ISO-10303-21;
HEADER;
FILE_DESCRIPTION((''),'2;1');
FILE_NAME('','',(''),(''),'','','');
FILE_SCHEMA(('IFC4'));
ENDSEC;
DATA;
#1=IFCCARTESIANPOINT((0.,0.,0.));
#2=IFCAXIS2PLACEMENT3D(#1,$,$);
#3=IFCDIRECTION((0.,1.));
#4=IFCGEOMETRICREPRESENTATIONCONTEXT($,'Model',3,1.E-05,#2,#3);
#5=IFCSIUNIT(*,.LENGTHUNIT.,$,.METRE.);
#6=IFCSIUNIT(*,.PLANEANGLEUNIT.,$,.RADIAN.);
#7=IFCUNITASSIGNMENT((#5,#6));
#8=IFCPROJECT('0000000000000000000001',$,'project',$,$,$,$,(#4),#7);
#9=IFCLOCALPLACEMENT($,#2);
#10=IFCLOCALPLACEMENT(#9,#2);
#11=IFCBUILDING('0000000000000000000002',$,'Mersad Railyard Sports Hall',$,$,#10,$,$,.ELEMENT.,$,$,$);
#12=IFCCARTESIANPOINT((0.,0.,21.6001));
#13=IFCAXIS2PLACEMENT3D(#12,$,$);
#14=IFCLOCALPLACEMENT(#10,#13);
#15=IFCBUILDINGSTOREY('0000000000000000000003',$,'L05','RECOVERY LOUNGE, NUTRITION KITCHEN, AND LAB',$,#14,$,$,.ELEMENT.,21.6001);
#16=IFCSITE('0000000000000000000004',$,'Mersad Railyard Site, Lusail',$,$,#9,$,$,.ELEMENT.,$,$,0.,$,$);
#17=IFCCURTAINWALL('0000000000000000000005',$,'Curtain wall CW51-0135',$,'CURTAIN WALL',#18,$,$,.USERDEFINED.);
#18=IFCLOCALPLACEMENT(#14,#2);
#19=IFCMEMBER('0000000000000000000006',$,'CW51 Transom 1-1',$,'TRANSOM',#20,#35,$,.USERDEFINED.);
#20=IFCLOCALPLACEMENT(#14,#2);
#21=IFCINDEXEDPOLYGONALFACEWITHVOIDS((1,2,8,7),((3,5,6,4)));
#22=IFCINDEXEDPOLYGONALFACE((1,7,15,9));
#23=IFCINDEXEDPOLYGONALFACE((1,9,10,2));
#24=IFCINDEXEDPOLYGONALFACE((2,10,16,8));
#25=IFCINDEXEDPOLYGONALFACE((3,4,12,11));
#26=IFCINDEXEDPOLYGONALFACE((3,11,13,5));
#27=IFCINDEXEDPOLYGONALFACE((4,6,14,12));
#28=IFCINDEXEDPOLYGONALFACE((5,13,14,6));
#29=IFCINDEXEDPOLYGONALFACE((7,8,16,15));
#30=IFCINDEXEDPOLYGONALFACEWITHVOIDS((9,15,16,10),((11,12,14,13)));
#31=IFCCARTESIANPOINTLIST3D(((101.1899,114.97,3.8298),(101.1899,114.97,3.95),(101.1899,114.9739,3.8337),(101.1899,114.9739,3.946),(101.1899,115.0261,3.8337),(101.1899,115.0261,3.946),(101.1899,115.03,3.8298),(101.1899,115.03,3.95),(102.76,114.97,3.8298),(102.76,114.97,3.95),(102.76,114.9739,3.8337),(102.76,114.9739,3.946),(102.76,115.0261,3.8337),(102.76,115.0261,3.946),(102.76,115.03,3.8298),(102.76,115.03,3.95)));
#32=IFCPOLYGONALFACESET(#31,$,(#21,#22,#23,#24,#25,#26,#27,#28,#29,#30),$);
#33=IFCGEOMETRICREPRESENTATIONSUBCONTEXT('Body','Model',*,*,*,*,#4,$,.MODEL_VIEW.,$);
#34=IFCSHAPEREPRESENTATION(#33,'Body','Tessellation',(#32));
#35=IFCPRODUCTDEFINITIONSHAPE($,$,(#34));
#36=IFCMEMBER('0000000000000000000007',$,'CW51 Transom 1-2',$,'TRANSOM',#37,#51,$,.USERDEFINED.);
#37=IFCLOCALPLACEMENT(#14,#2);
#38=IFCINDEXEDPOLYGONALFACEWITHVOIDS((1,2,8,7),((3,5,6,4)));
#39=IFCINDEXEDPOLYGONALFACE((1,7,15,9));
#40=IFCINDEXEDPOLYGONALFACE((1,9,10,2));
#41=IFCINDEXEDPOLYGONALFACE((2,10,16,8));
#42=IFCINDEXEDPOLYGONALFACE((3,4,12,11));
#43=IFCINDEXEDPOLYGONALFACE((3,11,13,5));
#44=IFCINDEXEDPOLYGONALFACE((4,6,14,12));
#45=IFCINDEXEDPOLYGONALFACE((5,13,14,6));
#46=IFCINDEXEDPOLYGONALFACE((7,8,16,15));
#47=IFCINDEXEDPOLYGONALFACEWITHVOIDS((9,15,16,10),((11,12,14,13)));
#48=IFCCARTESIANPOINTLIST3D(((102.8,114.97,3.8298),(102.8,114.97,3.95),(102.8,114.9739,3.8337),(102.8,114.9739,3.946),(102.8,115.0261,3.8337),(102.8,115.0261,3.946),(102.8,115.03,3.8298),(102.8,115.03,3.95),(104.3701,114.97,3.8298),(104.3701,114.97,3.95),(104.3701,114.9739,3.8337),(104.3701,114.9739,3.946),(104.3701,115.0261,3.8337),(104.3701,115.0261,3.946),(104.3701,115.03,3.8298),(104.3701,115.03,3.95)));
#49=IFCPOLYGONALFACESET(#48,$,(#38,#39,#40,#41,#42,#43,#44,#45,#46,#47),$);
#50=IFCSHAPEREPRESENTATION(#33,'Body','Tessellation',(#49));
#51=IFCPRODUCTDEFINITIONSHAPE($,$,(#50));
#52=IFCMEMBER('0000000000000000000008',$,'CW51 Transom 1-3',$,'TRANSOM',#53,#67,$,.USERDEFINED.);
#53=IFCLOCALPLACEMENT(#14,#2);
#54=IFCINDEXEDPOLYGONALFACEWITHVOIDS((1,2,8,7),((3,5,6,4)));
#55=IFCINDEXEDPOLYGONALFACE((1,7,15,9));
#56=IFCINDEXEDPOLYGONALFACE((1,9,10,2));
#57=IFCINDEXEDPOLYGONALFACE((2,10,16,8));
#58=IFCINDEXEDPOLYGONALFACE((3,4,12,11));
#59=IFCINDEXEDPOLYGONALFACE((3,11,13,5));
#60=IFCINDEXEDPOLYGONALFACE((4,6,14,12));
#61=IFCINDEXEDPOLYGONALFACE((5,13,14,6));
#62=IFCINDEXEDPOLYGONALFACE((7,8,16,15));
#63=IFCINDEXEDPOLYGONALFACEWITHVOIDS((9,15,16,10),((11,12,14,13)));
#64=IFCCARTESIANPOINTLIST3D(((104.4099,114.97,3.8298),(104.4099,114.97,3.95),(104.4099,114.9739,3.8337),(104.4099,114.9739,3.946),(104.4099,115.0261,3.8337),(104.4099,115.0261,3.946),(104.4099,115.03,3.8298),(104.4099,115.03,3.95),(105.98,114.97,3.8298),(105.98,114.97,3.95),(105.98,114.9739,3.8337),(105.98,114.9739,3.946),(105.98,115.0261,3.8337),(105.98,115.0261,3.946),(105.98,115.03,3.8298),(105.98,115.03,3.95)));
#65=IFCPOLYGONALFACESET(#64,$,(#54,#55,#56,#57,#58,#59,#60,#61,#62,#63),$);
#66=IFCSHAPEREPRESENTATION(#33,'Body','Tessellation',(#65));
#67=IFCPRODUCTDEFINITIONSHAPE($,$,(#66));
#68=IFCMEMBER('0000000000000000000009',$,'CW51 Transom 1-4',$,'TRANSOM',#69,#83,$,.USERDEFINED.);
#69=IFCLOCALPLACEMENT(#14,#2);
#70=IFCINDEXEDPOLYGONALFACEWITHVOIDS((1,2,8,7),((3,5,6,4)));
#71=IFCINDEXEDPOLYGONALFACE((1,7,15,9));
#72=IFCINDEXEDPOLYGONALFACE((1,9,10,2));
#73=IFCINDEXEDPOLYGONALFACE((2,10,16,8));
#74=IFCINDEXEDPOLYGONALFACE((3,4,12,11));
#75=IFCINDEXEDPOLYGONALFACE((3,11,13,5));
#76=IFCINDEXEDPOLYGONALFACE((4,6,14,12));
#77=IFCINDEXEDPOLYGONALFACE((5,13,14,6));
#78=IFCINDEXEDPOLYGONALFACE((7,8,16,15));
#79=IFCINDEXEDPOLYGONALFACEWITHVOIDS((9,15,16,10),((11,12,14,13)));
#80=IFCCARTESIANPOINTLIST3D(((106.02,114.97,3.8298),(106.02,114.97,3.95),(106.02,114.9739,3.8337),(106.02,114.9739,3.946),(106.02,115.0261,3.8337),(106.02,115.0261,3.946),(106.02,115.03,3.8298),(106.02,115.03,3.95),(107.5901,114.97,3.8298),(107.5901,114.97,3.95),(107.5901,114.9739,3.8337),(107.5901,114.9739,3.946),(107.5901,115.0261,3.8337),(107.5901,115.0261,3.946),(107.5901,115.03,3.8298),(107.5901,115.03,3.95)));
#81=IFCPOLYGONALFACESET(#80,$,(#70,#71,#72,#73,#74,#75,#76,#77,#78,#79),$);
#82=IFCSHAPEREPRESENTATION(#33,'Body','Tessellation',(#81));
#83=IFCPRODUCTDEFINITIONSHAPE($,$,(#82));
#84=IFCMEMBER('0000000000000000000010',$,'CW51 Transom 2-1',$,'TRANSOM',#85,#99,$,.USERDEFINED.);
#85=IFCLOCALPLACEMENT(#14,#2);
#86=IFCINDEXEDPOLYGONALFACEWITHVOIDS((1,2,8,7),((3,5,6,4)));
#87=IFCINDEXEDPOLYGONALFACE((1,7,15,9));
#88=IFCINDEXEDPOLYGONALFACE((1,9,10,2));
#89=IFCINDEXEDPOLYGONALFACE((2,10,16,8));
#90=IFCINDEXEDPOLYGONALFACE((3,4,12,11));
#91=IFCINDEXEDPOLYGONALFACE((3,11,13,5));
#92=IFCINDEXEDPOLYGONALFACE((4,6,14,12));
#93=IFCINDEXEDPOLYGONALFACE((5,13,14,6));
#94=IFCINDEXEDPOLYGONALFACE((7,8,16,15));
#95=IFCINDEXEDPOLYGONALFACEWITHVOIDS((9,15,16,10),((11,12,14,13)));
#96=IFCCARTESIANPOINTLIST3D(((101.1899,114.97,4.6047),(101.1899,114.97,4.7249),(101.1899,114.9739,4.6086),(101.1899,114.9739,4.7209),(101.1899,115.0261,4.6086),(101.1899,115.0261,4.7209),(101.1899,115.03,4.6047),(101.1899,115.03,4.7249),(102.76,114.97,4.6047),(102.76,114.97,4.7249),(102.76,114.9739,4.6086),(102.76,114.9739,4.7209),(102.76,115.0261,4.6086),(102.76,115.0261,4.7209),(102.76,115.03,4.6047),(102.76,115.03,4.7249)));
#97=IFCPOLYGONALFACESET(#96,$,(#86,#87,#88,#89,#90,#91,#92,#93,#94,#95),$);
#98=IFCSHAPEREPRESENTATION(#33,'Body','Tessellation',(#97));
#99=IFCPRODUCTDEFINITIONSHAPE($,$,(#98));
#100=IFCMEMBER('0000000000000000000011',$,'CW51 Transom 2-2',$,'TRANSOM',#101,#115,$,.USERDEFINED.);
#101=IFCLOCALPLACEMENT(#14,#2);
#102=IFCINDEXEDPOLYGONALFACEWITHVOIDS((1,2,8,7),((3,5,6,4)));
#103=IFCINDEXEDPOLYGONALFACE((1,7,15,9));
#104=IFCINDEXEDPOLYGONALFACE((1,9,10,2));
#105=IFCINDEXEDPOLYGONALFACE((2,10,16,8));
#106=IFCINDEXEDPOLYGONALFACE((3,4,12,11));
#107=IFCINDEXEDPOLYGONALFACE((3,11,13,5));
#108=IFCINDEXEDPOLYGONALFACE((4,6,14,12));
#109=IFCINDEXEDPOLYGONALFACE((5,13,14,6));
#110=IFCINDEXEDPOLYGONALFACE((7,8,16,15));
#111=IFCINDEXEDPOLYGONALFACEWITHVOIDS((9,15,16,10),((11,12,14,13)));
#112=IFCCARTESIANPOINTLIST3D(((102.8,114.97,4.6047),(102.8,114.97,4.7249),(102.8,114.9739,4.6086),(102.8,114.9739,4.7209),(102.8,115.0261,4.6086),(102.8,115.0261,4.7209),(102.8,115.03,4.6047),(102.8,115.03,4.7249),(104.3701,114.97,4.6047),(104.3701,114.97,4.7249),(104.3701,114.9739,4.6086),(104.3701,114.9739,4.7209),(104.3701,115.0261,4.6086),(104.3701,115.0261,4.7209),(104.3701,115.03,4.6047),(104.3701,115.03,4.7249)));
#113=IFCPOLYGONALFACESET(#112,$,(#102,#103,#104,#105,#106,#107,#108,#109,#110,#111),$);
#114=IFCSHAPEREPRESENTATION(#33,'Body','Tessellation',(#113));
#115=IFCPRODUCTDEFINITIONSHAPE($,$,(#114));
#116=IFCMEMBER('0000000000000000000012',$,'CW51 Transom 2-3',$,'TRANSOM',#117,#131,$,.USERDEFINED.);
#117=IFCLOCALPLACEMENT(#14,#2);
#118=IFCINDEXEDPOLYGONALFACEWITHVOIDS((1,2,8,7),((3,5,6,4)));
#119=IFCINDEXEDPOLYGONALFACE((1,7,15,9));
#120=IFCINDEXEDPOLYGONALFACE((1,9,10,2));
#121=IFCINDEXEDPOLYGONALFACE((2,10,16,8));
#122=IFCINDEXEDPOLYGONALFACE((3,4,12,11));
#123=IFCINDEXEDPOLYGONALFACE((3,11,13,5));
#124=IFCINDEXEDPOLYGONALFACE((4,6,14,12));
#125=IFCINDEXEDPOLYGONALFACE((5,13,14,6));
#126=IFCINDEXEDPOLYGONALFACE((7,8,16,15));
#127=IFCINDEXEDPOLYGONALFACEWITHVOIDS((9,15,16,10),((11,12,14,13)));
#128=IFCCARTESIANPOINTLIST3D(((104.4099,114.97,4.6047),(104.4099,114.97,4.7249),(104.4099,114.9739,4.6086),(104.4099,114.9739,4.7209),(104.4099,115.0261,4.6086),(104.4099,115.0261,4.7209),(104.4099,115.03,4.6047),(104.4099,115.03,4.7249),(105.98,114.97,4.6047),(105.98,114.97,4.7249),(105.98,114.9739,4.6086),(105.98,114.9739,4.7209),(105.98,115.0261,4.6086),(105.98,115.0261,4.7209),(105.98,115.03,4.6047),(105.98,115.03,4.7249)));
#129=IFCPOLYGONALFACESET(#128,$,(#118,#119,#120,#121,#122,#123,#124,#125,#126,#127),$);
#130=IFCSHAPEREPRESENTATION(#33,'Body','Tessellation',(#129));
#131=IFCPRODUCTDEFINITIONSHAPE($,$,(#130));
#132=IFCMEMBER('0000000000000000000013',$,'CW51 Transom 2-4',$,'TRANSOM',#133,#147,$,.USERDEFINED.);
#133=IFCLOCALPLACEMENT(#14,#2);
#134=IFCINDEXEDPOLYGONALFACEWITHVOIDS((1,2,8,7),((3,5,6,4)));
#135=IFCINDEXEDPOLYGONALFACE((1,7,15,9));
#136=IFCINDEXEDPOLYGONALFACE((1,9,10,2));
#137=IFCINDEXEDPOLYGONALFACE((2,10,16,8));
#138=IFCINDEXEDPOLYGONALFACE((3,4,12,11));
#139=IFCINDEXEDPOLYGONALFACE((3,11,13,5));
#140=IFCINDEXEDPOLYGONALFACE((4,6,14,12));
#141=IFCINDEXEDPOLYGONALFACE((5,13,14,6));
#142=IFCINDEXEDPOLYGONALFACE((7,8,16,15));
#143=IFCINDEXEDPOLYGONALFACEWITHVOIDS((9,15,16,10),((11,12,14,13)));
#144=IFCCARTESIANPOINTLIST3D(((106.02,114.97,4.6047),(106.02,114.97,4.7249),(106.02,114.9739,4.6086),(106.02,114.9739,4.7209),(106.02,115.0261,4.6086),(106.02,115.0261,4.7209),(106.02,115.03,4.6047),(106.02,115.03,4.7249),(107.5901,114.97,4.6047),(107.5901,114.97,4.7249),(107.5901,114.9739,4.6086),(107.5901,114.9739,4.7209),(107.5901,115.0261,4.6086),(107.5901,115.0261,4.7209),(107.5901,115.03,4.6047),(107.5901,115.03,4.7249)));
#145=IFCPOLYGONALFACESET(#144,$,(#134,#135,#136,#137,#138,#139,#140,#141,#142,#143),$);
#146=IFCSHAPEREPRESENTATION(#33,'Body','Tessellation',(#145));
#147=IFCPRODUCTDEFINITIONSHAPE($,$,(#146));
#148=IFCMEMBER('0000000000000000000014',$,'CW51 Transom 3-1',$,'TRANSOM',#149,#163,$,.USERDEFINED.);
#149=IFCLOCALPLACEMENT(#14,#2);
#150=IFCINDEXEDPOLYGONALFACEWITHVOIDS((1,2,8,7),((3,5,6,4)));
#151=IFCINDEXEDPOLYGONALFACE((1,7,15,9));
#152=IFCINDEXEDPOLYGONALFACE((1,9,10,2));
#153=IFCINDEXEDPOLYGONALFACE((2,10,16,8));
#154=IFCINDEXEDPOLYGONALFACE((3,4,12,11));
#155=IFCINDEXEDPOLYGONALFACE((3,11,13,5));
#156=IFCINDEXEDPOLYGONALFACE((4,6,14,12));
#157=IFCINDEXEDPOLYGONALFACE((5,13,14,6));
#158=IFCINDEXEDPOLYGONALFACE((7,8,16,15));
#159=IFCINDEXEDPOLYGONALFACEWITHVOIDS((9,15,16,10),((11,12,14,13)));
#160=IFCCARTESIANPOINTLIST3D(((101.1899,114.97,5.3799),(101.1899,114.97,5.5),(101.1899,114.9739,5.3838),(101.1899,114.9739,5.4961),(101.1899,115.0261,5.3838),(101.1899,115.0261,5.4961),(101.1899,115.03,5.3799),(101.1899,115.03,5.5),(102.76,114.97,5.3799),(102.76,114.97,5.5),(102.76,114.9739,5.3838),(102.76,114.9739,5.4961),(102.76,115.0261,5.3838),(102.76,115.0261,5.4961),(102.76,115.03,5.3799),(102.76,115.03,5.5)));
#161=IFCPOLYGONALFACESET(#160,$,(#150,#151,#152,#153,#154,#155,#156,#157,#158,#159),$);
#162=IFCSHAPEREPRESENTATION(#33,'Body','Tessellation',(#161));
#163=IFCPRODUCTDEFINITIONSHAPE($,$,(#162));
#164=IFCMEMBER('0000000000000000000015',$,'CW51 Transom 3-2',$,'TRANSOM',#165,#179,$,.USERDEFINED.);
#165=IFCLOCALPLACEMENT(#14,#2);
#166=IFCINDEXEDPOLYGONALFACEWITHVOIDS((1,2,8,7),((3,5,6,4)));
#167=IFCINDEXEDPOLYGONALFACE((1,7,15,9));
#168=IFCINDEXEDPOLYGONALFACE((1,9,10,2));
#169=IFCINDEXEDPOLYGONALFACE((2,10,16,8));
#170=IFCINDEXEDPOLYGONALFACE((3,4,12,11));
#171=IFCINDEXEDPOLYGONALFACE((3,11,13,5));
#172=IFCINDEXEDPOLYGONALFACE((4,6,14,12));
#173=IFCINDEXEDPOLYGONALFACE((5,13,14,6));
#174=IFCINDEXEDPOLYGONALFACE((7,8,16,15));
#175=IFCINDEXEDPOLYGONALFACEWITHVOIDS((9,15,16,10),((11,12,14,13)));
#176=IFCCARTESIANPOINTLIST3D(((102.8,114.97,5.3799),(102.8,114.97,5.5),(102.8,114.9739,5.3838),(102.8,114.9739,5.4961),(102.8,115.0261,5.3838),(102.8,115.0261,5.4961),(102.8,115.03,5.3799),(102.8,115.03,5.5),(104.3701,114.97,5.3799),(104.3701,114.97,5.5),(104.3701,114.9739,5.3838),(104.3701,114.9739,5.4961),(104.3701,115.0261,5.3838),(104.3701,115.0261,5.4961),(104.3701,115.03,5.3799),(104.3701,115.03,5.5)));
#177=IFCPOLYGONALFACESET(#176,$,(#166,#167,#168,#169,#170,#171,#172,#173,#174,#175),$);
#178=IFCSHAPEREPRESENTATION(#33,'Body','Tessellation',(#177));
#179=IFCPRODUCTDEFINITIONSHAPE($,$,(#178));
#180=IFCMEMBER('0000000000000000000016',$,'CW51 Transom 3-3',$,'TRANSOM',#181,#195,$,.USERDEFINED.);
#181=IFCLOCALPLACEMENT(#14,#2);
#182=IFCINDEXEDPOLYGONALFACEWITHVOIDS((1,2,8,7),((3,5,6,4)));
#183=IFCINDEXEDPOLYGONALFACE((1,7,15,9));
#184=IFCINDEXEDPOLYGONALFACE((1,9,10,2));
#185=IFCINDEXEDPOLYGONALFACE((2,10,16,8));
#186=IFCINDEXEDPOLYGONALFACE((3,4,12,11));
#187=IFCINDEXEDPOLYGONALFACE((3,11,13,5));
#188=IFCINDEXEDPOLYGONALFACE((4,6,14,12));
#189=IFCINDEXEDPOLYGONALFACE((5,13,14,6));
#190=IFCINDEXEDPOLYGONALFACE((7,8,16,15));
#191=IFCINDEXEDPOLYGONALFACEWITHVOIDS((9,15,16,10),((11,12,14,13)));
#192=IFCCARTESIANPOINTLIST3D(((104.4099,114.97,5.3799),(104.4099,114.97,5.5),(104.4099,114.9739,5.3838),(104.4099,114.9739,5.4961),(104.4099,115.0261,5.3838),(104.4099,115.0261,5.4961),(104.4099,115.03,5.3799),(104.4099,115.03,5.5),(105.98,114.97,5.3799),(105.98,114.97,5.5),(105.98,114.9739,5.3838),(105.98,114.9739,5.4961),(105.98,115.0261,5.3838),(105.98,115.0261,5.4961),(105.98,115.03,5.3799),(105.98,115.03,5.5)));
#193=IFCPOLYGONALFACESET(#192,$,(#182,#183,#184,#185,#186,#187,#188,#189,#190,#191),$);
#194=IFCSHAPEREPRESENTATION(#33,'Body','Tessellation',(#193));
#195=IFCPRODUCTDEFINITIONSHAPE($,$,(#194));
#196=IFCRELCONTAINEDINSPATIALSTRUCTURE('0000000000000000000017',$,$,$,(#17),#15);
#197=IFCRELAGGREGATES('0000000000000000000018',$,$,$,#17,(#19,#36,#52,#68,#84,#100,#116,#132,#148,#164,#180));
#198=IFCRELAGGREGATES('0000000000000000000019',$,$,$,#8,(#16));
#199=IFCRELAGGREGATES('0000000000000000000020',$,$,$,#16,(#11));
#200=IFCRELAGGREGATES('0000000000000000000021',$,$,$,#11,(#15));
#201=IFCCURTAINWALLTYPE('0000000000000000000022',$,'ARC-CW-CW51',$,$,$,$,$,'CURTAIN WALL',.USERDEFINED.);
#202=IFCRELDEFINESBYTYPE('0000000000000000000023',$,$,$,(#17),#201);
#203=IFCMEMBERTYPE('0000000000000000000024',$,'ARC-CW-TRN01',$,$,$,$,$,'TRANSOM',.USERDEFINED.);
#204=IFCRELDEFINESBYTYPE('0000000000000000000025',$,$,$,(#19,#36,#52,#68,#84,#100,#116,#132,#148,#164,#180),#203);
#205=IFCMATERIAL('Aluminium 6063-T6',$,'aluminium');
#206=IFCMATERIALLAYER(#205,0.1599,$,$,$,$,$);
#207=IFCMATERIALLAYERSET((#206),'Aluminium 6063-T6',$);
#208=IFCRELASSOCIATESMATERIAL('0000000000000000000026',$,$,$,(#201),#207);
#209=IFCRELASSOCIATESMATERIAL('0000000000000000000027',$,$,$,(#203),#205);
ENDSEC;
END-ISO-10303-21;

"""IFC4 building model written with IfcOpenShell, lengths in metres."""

from ifc_helpers import new_model, si_unit, direction, frame, origin, origin_2d, place, context, subcontext, project, spatial, hollow_rectangle, extrude, material, layer, layer_set, material_profile, profile_set, type_object, element, aggregate, save


model = new_model("IFC4")

# Units and contexts
model_context = context("Model", 3, precision=1e-05, world=origin(), true_north=direction((0.0, 1.0)))
body_context = subcontext(model_context, "Body", "Model", "MODEL_VIEW")
ifc_project = project(units=[si_unit("LENGTHUNIT", "METRE"), si_unit("PLANEANGLEUNIT", "RADIAN")], contexts=[model_context])

# Site, building, storey
site_placement = place(None, origin())
site = spatial("IfcSite", under=ifc_project, at=site_placement, Name="Mersad Railyard Site, Lusail", CompositionType="ELEMENT", RefElevation=0.0)
building_placement = place(site_placement, origin())
building = spatial("IfcBuilding", under=site, at=building_placement, Name="Mersad Railyard Sports Hall", CompositionType="ELEMENT")
storey_placement = place(building_placement, frame((0.0, 0.0, 21.6001)))
storey = spatial("IfcBuildingStorey", under=building, at=storey_placement, Name="L05", Description="RECOVERY LOUNGE, NUTRITION KITCHEN, AND LAB", CompositionType="ELEMENT", Elevation=21.6001)

# Curtain wall
ifc_material_1 = material(Name="Aluminium 6063-T6", Category="aluminium")
ifc_layer_1 = layer(ifc_material_1, 0.1599)
ifc_layer_set_1 = layer_set([ifc_layer_1], Name="Aluminium 6063-T6")
curtain_wall_type = type_object("IfcCurtainWallType", Name="ARC-CW-CW51", ElementType="CURTAIN WALL", PredefinedType="USERDEFINED", material=ifc_layer_set_1)
curtain_wall_1_placement = place(storey_placement, origin())
curtain_wall_1 = element("IfcCurtainWall", 1, at=curtain_wall_1_placement, inside=storey, type_object=curtain_wall_type, Name="Curtain wall CW51-0135", ObjectType="CURTAIN WALL", PredefinedType="USERDEFINED")

# Members
ifc_material_profile_1 = material_profile(ifc_material_1, hollow_rectangle(XDim=0.0601, YDim=0.1201, WallThickness=0.0039, at=origin_2d()), Name="AL TRANSOM 60x120x4")
ifc_profile_set_1 = profile_set([ifc_material_profile_1], Name="Aluminium 6063-T6")
member_type_1 = type_object("IfcMemberType", Name="ARC-CW-TRN01", ElementType="TRANSOM", PredefinedType="USERDEFINED", material=ifc_profile_set_1)
member_1_placement = place(storey_placement, frame((101.1899, 115.0, 3.8899), z_axis=(1.0, 0.0, 0.0), x_axis=(0.0, 1.0, 0.0)))
member_1 = element("IfcMember", 2, at=member_1_placement, type_object=member_type_1, Name="CW51 Transom 1-1", ObjectType="TRANSOM", PredefinedType="USERDEFINED", context=body_context, shape_type="SweptSolid", body=[
    extrude(hollow_rectangle(XDim=0.0601, YDim=0.1201, WallThickness=0.0039, at=origin_2d()), origin(), (0.0, 0.0, 1.0), 1.5701),
])
member_2_placement = place(storey_placement, frame((102.8, 115.0, 3.8899), z_axis=(1.0, 0.0, 0.0), x_axis=(0.0, 1.0, 0.0)))
member_2 = element("IfcMember", 3, at=member_2_placement, type_object=member_type_1, Name="CW51 Transom 1-2", ObjectType="TRANSOM", PredefinedType="USERDEFINED", context=body_context, shape_type="SweptSolid", body=[
    extrude(hollow_rectangle(XDim=0.0601, YDim=0.1201, WallThickness=0.0039, at=origin_2d()), origin(), (0.0, 0.0, 1.0), 1.5701),
])
member_3_placement = place(storey_placement, frame((104.4099, 115.0, 3.8899), z_axis=(1.0, 0.0, 0.0), x_axis=(0.0, 1.0, 0.0)))
member_3 = element("IfcMember", 4, at=member_3_placement, type_object=member_type_1, Name="CW51 Transom 1-3", ObjectType="TRANSOM", PredefinedType="USERDEFINED", context=body_context, shape_type="SweptSolid", body=[
    extrude(hollow_rectangle(XDim=0.0601, YDim=0.1201, WallThickness=0.0039, at=origin_2d()), origin(), (0.0, 0.0, 1.0), 1.5701),
])
member_4_placement = place(storey_placement, frame((106.02, 115.0, 3.8899), z_axis=(1.0, 0.0, 0.0), x_axis=(0.0, 1.0, 0.0)))
member_4 = element("IfcMember", 5, at=member_4_placement, type_object=member_type_1, Name="CW51 Transom 1-4", ObjectType="TRANSOM", PredefinedType="USERDEFINED", context=body_context, shape_type="SweptSolid", body=[
    extrude(hollow_rectangle(XDim=0.0601, YDim=0.1201, WallThickness=0.0039, at=origin_2d()), origin(), (0.0, 0.0, 1.0), 1.5701),
])
member_5_placement = place(storey_placement, frame((101.1899, 115.0, 4.6648), z_axis=(1.0, 0.0, 0.0), x_axis=(0.0, 1.0, 0.0)))
member_5 = element("IfcMember", 6, at=member_5_placement, type_object=member_type_1, Name="CW51 Transom 2-1", ObjectType="TRANSOM", PredefinedType="USERDEFINED", context=body_context, shape_type="SweptSolid", body=[
    extrude(hollow_rectangle(XDim=0.0601, YDim=0.1201, WallThickness=0.0039, at=origin_2d()), origin(), (0.0, 0.0, 1.0), 1.5701),
])
member_6_placement = place(storey_placement, frame((102.8, 115.0, 4.6648), z_axis=(1.0, 0.0, 0.0), x_axis=(0.0, 1.0, 0.0)))
member_6 = element("IfcMember", 7, at=member_6_placement, type_object=member_type_1, Name="CW51 Transom 2-2", ObjectType="TRANSOM", PredefinedType="USERDEFINED", context=body_context, shape_type="SweptSolid", body=[
    extrude(hollow_rectangle(XDim=0.0601, YDim=0.1201, WallThickness=0.0039, at=origin_2d()), origin(), (0.0, 0.0, 1.0), 1.5701),
])
member_7_placement = place(storey_placement, frame((104.4099, 115.0, 4.6648), z_axis=(1.0, 0.0, 0.0), x_axis=(0.0, 1.0, 0.0)))
member_7 = element("IfcMember", 8, at=member_7_placement, type_object=member_type_1, Name="CW51 Transom 2-3", ObjectType="TRANSOM", PredefinedType="USERDEFINED", context=body_context, shape_type="SweptSolid", body=[
    extrude(hollow_rectangle(XDim=0.0601, YDim=0.1201, WallThickness=0.0039, at=origin_2d()), origin(), (0.0, 0.0, 1.0), 1.5701),
])
member_8_placement = place(storey_placement, frame((106.02, 115.0, 4.6648), z_axis=(1.0, 0.0, 0.0), x_axis=(0.0, 1.0, 0.0)))
member_8 = element("IfcMember", 9, at=member_8_placement, type_object=member_type_1, Name="CW51 Transom 2-4", ObjectType="TRANSOM", PredefinedType="USERDEFINED", context=body_context, shape_type="SweptSolid", body=[
    extrude(hollow_rectangle(XDim=0.0601, YDim=0.1201, WallThickness=0.0039, at=origin_2d()), origin(), (0.0, 0.0, 1.0), 1.5701),
])
member_9_placement = place(storey_placement, frame((101.1899, 115.0, 5.4399), z_axis=(1.0, 0.0, 0.0), x_axis=(0.0, 1.0, 0.0)))
member_9 = element("IfcMember", 10, at=member_9_placement, type_object=member_type_1, Name="CW51 Transom 3-1", ObjectType="TRANSOM", PredefinedType="USERDEFINED", context=body_context, shape_type="SweptSolid", body=[
    extrude(hollow_rectangle(XDim=0.0601, YDim=0.1201, WallThickness=0.0039, at=origin_2d()), origin(), (0.0, 0.0, 1.0), 1.5701),
])
member_10_placement = place(storey_placement, frame((102.8, 115.0, 5.4399), z_axis=(1.0, 0.0, 0.0), x_axis=(0.0, 1.0, 0.0)))
member_10 = element("IfcMember", 11, at=member_10_placement, type_object=member_type_1, Name="CW51 Transom 3-2", ObjectType="TRANSOM", PredefinedType="USERDEFINED", context=body_context, shape_type="SweptSolid", body=[
    extrude(hollow_rectangle(XDim=0.0601, YDim=0.1201, WallThickness=0.0039, at=origin_2d()), origin(), (0.0, 0.0, 1.0), 1.5701),
])
member_11_placement = place(storey_placement, frame((104.4099, 115.0, 5.4399), z_axis=(1.0, 0.0, 0.0), x_axis=(0.0, 1.0, 0.0)))
member_11 = element("IfcMember", 12, at=member_11_placement, type_object=member_type_1, Name="CW51 Transom 3-3", ObjectType="TRANSOM", PredefinedType="USERDEFINED", context=body_context, shape_type="SweptSolid", body=[
    extrude(hollow_rectangle(XDim=0.0601, YDim=0.1201, WallThickness=0.0039, at=origin_2d()), origin(), (0.0, 0.0, 1.0), 1.5701),
])

aggregate(curtain_wall_1, [member_1, member_2, member_3, member_4, member_5, member_6, member_7, member_8, member_9, member_10, member_11])

save(model, "model.ifc")
